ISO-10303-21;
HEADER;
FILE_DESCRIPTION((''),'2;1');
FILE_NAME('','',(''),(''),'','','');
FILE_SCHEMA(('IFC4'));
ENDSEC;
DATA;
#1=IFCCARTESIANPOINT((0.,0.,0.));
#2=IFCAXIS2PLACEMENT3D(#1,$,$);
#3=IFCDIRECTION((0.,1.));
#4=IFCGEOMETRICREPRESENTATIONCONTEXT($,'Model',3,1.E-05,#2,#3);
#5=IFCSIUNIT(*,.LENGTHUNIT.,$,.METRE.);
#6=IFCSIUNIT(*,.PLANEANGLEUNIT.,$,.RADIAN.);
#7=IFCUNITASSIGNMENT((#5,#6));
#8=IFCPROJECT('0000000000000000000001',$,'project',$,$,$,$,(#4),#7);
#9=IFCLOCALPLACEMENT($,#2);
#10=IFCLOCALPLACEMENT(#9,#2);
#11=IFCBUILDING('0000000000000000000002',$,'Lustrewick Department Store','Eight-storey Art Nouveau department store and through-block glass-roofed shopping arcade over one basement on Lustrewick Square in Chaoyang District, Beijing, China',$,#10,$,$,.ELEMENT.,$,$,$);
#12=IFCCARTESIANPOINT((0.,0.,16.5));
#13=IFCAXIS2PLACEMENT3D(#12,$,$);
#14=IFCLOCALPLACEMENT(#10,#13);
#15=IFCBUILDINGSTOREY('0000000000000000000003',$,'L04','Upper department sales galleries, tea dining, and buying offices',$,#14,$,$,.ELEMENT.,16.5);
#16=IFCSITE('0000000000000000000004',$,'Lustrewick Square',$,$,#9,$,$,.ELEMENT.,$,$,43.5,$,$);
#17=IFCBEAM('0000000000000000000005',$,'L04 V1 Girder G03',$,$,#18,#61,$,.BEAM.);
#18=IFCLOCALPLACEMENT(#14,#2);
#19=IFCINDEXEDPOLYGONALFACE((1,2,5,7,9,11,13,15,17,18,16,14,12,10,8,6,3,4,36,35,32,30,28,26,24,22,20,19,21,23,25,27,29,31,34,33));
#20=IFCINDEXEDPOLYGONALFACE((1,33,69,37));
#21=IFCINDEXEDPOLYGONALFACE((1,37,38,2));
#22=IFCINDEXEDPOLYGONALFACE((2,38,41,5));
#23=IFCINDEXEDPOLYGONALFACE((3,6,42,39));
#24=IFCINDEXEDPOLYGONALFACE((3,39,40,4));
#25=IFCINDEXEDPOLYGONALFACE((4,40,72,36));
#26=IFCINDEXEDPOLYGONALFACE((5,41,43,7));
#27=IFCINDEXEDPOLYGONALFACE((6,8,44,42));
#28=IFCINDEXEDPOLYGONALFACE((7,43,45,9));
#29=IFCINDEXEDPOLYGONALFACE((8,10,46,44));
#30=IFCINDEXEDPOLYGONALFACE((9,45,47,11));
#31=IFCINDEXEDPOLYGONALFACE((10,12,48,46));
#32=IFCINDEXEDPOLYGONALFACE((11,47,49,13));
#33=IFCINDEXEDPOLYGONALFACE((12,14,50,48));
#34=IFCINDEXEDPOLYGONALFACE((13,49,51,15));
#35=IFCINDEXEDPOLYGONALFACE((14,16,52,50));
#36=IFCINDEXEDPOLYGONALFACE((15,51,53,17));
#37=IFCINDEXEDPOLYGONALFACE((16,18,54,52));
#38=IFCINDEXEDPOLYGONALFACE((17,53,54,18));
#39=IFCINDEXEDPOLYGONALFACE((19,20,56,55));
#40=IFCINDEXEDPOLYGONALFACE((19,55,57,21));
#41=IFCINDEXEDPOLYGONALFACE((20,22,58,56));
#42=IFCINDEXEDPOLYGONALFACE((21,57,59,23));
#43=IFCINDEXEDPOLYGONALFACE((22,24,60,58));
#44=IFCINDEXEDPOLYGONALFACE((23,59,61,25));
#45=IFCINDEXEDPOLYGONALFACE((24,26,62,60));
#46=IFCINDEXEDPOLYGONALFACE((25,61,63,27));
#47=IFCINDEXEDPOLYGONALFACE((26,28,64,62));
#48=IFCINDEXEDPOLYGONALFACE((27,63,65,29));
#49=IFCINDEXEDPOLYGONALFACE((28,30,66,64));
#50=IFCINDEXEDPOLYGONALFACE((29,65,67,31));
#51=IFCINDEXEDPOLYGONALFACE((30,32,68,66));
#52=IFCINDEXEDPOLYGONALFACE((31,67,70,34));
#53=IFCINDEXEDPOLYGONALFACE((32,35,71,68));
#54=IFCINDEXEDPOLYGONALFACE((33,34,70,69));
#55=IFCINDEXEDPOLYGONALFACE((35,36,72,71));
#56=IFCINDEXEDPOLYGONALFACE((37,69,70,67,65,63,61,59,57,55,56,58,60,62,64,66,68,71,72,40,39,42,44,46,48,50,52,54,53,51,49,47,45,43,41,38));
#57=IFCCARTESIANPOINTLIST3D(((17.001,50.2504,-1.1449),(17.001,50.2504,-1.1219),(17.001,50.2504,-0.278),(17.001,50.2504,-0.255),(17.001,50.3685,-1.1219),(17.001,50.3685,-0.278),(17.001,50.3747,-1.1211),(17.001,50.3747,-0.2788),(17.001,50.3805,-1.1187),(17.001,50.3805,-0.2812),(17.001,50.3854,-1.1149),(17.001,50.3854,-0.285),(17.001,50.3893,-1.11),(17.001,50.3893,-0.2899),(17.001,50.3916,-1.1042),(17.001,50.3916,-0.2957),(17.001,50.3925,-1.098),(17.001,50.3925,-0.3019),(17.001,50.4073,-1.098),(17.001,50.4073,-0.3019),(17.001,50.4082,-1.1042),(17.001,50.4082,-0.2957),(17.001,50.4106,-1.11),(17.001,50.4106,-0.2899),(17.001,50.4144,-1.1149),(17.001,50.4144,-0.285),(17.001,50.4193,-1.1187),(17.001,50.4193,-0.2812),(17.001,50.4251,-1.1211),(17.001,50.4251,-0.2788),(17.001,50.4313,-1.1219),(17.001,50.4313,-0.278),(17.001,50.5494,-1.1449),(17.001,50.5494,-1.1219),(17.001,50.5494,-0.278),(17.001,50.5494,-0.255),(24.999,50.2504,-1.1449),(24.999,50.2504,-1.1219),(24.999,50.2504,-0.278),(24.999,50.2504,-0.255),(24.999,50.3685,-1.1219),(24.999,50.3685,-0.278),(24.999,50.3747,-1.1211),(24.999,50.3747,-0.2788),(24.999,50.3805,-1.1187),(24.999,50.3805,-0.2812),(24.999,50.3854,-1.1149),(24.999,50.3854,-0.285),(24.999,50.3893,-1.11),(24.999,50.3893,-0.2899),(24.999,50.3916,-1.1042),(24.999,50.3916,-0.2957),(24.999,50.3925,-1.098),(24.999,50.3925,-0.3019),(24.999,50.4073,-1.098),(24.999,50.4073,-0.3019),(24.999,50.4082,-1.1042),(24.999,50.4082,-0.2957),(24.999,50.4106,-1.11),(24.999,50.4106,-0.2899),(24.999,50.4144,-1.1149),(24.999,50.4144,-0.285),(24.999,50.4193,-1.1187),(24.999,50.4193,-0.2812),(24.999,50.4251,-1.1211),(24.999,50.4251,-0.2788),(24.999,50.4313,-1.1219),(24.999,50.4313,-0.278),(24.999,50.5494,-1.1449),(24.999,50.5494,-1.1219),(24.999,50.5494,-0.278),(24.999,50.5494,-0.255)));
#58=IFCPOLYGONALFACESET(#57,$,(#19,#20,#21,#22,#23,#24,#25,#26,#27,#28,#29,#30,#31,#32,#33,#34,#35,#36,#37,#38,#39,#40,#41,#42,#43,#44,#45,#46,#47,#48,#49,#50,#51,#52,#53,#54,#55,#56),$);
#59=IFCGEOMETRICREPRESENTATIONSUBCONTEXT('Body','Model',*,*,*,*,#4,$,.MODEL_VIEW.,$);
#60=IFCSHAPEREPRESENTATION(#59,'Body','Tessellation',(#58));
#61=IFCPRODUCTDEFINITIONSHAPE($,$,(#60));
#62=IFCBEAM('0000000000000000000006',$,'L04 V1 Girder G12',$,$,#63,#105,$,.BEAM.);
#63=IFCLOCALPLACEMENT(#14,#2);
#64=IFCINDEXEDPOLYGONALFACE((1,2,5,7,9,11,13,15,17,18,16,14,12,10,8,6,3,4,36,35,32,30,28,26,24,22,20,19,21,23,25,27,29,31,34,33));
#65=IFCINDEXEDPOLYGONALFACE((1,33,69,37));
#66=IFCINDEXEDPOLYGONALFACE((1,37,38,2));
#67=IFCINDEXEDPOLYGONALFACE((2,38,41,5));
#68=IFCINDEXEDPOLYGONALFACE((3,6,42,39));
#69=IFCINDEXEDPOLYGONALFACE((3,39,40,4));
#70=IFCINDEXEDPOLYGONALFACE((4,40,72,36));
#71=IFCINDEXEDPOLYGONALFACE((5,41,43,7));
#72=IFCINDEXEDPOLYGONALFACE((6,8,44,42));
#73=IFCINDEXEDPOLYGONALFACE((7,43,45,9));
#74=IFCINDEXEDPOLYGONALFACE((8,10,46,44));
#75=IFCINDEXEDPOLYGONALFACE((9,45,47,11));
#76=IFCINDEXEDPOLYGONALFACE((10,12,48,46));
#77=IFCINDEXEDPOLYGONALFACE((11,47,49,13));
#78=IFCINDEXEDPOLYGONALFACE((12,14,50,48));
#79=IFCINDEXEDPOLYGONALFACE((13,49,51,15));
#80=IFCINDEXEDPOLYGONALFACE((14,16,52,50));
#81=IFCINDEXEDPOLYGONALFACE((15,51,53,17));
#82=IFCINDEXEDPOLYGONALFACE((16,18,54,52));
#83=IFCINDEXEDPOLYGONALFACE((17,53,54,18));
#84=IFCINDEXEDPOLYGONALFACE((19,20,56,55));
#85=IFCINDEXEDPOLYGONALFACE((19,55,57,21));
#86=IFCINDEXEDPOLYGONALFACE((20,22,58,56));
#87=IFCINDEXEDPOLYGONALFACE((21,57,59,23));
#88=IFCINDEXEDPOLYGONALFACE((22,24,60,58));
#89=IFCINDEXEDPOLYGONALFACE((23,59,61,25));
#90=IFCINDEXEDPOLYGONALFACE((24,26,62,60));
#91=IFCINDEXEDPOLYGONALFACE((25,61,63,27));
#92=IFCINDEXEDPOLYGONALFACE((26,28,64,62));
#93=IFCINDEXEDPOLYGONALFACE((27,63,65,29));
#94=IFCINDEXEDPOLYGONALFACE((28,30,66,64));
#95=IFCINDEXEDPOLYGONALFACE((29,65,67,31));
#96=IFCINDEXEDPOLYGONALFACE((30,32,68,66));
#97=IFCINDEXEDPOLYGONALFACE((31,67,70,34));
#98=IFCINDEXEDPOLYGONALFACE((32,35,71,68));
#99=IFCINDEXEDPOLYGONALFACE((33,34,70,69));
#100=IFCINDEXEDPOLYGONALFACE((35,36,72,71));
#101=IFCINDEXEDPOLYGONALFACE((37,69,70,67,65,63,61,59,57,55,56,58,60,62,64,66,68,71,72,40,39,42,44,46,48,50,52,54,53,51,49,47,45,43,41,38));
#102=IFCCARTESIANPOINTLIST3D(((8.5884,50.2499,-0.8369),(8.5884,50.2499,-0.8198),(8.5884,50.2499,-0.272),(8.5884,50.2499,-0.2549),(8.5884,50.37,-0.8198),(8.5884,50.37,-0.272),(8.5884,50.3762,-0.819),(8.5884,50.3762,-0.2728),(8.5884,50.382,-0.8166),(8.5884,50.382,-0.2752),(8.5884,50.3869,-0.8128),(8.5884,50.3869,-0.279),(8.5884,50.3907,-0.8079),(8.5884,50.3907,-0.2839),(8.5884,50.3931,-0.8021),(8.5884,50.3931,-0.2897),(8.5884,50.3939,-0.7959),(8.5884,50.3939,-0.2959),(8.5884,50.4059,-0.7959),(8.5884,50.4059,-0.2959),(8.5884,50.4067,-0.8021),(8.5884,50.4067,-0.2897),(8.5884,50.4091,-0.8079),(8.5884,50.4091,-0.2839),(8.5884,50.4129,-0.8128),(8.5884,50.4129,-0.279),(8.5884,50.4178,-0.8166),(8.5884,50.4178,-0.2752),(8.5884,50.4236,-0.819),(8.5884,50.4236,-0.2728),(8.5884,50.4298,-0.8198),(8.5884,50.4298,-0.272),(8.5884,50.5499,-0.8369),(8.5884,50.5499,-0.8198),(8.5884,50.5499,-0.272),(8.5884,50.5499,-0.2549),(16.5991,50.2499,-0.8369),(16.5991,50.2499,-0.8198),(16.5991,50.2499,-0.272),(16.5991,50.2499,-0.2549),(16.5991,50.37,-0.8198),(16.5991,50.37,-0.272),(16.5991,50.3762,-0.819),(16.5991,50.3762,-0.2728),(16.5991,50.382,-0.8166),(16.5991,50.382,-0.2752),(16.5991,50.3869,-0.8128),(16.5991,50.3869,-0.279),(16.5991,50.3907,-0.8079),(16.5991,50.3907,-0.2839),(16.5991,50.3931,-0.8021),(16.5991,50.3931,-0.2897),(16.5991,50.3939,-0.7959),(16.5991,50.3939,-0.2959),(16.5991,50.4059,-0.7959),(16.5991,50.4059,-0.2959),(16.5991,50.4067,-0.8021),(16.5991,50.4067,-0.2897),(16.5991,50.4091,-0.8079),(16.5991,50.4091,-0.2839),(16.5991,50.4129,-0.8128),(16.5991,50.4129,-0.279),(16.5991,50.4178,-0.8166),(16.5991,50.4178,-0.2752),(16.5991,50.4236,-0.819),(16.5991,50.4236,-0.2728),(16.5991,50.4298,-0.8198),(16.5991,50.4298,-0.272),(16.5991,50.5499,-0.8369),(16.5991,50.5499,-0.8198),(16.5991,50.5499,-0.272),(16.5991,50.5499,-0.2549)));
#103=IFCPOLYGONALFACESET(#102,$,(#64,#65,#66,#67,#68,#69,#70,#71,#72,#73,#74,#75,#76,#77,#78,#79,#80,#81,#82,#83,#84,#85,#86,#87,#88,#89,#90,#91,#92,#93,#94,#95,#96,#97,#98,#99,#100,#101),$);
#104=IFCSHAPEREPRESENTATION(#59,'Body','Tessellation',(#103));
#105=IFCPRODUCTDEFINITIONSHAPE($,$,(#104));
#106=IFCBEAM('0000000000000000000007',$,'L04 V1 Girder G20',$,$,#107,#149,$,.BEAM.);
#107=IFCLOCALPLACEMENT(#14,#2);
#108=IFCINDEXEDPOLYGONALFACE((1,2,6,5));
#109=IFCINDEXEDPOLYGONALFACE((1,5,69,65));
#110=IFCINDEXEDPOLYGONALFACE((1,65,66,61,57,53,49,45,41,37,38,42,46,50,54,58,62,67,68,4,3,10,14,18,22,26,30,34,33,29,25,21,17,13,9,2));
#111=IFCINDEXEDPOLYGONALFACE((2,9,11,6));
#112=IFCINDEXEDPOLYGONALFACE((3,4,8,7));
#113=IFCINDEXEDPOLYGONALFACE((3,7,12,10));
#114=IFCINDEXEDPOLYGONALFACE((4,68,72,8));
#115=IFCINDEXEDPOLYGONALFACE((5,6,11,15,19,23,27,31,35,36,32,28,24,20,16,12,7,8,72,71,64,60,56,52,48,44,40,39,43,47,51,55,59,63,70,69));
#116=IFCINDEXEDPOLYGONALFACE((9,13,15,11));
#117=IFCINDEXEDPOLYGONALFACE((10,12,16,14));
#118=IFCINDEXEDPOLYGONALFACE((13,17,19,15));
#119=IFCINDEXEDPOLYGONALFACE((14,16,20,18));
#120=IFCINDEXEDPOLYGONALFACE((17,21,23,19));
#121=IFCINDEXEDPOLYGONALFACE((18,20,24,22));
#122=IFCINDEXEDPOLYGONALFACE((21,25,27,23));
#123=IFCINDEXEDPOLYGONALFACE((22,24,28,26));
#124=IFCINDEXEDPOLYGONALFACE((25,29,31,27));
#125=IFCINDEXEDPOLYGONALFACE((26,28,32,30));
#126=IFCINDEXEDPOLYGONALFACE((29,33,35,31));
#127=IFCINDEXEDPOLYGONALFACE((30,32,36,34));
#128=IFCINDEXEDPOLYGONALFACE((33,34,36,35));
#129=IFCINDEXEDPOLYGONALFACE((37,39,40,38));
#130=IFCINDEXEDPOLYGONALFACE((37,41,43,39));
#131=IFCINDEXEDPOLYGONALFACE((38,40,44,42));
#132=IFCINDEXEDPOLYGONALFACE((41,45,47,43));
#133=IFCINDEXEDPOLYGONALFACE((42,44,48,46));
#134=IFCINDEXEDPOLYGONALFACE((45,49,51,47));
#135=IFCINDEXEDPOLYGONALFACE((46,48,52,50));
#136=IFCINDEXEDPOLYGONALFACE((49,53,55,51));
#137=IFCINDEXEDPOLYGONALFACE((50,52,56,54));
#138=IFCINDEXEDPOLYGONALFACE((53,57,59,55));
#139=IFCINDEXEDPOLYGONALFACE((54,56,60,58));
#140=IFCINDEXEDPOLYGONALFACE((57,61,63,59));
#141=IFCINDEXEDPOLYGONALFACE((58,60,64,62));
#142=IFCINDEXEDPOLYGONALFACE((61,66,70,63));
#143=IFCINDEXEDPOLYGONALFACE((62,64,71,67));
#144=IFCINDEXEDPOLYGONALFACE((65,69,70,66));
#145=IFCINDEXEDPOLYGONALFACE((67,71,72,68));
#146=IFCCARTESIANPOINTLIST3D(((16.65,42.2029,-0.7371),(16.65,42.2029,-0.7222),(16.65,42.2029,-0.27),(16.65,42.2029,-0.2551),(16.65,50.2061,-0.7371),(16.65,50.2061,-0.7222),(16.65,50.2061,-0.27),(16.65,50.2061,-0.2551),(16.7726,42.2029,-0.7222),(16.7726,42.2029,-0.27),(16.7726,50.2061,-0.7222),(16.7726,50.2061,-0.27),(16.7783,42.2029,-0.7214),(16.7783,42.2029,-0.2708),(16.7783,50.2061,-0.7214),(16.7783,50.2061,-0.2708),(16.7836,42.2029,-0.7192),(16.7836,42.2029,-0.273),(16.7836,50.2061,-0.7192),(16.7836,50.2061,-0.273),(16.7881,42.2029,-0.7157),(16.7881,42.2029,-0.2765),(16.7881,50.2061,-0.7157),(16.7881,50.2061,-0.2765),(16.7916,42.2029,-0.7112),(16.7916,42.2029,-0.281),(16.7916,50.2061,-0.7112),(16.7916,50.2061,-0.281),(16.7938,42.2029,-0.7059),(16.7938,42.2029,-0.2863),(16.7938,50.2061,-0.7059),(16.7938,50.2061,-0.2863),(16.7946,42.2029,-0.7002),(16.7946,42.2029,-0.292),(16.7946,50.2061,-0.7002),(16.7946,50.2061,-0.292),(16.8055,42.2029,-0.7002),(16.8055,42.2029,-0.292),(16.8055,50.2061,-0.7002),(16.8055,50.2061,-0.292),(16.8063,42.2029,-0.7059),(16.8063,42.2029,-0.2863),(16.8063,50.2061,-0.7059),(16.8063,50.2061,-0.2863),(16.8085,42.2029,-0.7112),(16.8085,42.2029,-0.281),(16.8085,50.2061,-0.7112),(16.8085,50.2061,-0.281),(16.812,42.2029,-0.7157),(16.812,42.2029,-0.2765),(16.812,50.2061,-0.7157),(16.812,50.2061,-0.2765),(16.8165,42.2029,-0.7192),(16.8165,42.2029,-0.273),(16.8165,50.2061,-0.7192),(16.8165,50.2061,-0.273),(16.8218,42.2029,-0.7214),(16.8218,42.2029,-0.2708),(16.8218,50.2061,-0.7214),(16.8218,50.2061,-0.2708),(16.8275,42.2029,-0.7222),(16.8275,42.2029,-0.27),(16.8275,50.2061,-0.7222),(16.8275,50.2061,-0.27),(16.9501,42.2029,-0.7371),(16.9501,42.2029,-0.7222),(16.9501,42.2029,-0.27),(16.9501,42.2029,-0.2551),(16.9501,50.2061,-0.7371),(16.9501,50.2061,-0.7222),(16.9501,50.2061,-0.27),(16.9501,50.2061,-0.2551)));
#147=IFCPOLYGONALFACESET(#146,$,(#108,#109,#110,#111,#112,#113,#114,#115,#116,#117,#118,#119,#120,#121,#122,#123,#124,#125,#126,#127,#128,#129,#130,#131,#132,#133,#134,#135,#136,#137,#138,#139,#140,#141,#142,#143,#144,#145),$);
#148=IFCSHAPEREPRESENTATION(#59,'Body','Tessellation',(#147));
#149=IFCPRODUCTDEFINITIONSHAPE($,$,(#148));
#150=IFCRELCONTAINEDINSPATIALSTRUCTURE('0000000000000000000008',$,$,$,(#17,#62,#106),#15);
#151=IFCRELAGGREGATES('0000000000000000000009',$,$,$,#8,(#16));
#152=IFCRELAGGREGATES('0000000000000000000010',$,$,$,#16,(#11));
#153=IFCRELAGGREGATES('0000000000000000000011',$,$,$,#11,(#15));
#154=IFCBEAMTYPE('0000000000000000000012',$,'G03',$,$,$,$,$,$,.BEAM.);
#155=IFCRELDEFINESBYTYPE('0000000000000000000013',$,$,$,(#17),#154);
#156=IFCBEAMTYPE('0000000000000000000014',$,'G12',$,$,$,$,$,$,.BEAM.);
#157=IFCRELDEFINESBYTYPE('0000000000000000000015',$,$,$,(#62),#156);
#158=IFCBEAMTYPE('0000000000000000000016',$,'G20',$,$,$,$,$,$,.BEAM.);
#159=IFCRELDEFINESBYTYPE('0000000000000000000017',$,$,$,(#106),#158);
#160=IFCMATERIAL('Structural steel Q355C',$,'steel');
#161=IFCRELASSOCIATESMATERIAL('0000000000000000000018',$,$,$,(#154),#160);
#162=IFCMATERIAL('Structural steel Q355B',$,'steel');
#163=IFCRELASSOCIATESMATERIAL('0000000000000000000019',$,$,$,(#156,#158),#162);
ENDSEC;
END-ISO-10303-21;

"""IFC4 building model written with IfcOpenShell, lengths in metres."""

from ifc_helpers import new_model, si_unit, direction, frame, origin, origin_2d, place, context, subcontext, project, spatial, i_section, extrude, material, material_profile, profile_set, type_object, element, save


model = new_model("IFC4")

# Units and contexts
model_context = context("Model", 3, precision=1e-05, world=origin(), true_north=direction((0.0, 1.0)))
body_context = subcontext(model_context, "Body", "Model", "MODEL_VIEW")
ifc_project = project(units=[si_unit("LENGTHUNIT", "METRE"), si_unit("PLANEANGLEUNIT", "RADIAN")], contexts=[model_context])

# Site, building, storey
site_placement = place(None, origin())
site = spatial("IfcSite", under=ifc_project, at=site_placement, Name="Lustrewick Square", CompositionType="ELEMENT", RefElevation=43.5)
building_placement = place(site_placement, origin())
building = spatial("IfcBuilding", under=site, at=building_placement, Name="Lustrewick Department Store", Description="Eight-storey Art Nouveau department store and through-block glass-roofed shopping arcade over one basement on Lustrewick Square in Chaoyang District, Beijing, China", CompositionType="ELEMENT")
storey_placement = place(building_placement, frame((0.0, 0.0, 16.5)))
storey = spatial("IfcBuildingStorey", under=building, at=storey_placement, Name="L04", Description="Upper department sales galleries, tea dining, and buying offices", CompositionType="ELEMENT", Elevation=16.5)

# Shared definitions
ifc_material_1 = material(Name="Structural steel Q355B", Category="steel")
ifc_material_2 = material(Name="Structural steel Q355C", Category="steel")

# Beams
ifc_material_profile_1 = material_profile(ifc_material_2, i_section(OverallWidth=0.2991, OverallDepth=0.8899, WebThickness=0.0149, FlangeThickness=0.0229, FilletRadius=0.0239, at=origin_2d()), Name="HN 890x299x15x23")
ifc_profile_set_1 = profile_set([ifc_material_profile_1], Name="Structural steel Q355C")
beam_type_1 = type_object("IfcBeamType", Name="G03", PredefinedType="BEAM", material=ifc_profile_set_1)
beam_1_placement = place(storey_placement, frame((17.001, 50.3999, -0.7), z_axis=(1.0, 0.0, 0.0), x_axis=(0.0, 1.0, 0.0)))
element("IfcBeam", 1, at=beam_1_placement, inside=storey, type_object=beam_type_1, Name="L04 V1 Girder G03", PredefinedType="BEAM", context=body_context, shape_type="SweptSolid", body=[
    extrude(i_section(OverallWidth=0.2991, OverallDepth=0.8899, WebThickness=0.0149, FlangeThickness=0.0229, FilletRadius=0.0239, at=origin_2d()), origin(), (0.0, 0.0, 1.0), 7.998),
])
ifc_material_profile_2 = material_profile(ifc_material_1, i_section(OverallWidth=0.3, OverallDepth=0.582, WebThickness=0.012, FlangeThickness=0.0171, FilletRadius=0.0239, at=origin_2d()), Name="HM 582x300x12x17")
ifc_profile_set_2 = profile_set([ifc_material_profile_2], Name="Structural steel Q355B")
beam_type_2 = type_object("IfcBeamType", Name="G12", PredefinedType="BEAM", material=ifc_profile_set_2)
beam_2_placement = place(storey_placement, frame((8.5884, 50.3999, -0.5459), z_axis=(1.0, 0.0, 0.0), x_axis=(0.0, 1.0, 0.0)))
element("IfcBeam", 2, at=beam_2_placement, inside=storey, type_object=beam_type_2, Name="L04 V1 Girder G12", PredefinedType="BEAM", context=body_context, shape_type="SweptSolid", body=[
    extrude(i_section(OverallWidth=0.3, OverallDepth=0.582, WebThickness=0.012, FlangeThickness=0.0171, FilletRadius=0.0239, at=origin_2d()), origin(), (0.0, 0.0, 1.0), 8.0107),
])
ifc_material_profile_3 = material_profile(ifc_material_1, i_section(OverallWidth=0.3, OverallDepth=0.4819, WebThickness=0.011, FlangeThickness=0.0149, FilletRadius=0.022, at=origin_2d()), Name="HM 482x300x11x15")
ifc_profile_set_3 = profile_set([ifc_material_profile_3], Name="Structural steel Q355B")
beam_type_3 = type_object("IfcBeamType", Name="G20", PredefinedType="BEAM", material=ifc_profile_set_3)
beam_3_placement = place(storey_placement, frame((16.8, 42.2029, -0.4961), z_axis=(0.0, 1.0, 0.0), x_axis=(-1.0, 0.0, 0.0)))
element("IfcBeam", 3, at=beam_3_placement, inside=storey, type_object=beam_type_3, Name="L04 V1 Girder G20", PredefinedType="BEAM", context=body_context, shape_type="SweptSolid", body=[
    extrude(i_section(OverallWidth=0.3, OverallDepth=0.4819, WebThickness=0.011, FlangeThickness=0.0149, FilletRadius=0.022, at=origin_2d()), origin(), (0.0, 0.0, 1.0), 8.0032),
])

save(model, "model.ifc")
